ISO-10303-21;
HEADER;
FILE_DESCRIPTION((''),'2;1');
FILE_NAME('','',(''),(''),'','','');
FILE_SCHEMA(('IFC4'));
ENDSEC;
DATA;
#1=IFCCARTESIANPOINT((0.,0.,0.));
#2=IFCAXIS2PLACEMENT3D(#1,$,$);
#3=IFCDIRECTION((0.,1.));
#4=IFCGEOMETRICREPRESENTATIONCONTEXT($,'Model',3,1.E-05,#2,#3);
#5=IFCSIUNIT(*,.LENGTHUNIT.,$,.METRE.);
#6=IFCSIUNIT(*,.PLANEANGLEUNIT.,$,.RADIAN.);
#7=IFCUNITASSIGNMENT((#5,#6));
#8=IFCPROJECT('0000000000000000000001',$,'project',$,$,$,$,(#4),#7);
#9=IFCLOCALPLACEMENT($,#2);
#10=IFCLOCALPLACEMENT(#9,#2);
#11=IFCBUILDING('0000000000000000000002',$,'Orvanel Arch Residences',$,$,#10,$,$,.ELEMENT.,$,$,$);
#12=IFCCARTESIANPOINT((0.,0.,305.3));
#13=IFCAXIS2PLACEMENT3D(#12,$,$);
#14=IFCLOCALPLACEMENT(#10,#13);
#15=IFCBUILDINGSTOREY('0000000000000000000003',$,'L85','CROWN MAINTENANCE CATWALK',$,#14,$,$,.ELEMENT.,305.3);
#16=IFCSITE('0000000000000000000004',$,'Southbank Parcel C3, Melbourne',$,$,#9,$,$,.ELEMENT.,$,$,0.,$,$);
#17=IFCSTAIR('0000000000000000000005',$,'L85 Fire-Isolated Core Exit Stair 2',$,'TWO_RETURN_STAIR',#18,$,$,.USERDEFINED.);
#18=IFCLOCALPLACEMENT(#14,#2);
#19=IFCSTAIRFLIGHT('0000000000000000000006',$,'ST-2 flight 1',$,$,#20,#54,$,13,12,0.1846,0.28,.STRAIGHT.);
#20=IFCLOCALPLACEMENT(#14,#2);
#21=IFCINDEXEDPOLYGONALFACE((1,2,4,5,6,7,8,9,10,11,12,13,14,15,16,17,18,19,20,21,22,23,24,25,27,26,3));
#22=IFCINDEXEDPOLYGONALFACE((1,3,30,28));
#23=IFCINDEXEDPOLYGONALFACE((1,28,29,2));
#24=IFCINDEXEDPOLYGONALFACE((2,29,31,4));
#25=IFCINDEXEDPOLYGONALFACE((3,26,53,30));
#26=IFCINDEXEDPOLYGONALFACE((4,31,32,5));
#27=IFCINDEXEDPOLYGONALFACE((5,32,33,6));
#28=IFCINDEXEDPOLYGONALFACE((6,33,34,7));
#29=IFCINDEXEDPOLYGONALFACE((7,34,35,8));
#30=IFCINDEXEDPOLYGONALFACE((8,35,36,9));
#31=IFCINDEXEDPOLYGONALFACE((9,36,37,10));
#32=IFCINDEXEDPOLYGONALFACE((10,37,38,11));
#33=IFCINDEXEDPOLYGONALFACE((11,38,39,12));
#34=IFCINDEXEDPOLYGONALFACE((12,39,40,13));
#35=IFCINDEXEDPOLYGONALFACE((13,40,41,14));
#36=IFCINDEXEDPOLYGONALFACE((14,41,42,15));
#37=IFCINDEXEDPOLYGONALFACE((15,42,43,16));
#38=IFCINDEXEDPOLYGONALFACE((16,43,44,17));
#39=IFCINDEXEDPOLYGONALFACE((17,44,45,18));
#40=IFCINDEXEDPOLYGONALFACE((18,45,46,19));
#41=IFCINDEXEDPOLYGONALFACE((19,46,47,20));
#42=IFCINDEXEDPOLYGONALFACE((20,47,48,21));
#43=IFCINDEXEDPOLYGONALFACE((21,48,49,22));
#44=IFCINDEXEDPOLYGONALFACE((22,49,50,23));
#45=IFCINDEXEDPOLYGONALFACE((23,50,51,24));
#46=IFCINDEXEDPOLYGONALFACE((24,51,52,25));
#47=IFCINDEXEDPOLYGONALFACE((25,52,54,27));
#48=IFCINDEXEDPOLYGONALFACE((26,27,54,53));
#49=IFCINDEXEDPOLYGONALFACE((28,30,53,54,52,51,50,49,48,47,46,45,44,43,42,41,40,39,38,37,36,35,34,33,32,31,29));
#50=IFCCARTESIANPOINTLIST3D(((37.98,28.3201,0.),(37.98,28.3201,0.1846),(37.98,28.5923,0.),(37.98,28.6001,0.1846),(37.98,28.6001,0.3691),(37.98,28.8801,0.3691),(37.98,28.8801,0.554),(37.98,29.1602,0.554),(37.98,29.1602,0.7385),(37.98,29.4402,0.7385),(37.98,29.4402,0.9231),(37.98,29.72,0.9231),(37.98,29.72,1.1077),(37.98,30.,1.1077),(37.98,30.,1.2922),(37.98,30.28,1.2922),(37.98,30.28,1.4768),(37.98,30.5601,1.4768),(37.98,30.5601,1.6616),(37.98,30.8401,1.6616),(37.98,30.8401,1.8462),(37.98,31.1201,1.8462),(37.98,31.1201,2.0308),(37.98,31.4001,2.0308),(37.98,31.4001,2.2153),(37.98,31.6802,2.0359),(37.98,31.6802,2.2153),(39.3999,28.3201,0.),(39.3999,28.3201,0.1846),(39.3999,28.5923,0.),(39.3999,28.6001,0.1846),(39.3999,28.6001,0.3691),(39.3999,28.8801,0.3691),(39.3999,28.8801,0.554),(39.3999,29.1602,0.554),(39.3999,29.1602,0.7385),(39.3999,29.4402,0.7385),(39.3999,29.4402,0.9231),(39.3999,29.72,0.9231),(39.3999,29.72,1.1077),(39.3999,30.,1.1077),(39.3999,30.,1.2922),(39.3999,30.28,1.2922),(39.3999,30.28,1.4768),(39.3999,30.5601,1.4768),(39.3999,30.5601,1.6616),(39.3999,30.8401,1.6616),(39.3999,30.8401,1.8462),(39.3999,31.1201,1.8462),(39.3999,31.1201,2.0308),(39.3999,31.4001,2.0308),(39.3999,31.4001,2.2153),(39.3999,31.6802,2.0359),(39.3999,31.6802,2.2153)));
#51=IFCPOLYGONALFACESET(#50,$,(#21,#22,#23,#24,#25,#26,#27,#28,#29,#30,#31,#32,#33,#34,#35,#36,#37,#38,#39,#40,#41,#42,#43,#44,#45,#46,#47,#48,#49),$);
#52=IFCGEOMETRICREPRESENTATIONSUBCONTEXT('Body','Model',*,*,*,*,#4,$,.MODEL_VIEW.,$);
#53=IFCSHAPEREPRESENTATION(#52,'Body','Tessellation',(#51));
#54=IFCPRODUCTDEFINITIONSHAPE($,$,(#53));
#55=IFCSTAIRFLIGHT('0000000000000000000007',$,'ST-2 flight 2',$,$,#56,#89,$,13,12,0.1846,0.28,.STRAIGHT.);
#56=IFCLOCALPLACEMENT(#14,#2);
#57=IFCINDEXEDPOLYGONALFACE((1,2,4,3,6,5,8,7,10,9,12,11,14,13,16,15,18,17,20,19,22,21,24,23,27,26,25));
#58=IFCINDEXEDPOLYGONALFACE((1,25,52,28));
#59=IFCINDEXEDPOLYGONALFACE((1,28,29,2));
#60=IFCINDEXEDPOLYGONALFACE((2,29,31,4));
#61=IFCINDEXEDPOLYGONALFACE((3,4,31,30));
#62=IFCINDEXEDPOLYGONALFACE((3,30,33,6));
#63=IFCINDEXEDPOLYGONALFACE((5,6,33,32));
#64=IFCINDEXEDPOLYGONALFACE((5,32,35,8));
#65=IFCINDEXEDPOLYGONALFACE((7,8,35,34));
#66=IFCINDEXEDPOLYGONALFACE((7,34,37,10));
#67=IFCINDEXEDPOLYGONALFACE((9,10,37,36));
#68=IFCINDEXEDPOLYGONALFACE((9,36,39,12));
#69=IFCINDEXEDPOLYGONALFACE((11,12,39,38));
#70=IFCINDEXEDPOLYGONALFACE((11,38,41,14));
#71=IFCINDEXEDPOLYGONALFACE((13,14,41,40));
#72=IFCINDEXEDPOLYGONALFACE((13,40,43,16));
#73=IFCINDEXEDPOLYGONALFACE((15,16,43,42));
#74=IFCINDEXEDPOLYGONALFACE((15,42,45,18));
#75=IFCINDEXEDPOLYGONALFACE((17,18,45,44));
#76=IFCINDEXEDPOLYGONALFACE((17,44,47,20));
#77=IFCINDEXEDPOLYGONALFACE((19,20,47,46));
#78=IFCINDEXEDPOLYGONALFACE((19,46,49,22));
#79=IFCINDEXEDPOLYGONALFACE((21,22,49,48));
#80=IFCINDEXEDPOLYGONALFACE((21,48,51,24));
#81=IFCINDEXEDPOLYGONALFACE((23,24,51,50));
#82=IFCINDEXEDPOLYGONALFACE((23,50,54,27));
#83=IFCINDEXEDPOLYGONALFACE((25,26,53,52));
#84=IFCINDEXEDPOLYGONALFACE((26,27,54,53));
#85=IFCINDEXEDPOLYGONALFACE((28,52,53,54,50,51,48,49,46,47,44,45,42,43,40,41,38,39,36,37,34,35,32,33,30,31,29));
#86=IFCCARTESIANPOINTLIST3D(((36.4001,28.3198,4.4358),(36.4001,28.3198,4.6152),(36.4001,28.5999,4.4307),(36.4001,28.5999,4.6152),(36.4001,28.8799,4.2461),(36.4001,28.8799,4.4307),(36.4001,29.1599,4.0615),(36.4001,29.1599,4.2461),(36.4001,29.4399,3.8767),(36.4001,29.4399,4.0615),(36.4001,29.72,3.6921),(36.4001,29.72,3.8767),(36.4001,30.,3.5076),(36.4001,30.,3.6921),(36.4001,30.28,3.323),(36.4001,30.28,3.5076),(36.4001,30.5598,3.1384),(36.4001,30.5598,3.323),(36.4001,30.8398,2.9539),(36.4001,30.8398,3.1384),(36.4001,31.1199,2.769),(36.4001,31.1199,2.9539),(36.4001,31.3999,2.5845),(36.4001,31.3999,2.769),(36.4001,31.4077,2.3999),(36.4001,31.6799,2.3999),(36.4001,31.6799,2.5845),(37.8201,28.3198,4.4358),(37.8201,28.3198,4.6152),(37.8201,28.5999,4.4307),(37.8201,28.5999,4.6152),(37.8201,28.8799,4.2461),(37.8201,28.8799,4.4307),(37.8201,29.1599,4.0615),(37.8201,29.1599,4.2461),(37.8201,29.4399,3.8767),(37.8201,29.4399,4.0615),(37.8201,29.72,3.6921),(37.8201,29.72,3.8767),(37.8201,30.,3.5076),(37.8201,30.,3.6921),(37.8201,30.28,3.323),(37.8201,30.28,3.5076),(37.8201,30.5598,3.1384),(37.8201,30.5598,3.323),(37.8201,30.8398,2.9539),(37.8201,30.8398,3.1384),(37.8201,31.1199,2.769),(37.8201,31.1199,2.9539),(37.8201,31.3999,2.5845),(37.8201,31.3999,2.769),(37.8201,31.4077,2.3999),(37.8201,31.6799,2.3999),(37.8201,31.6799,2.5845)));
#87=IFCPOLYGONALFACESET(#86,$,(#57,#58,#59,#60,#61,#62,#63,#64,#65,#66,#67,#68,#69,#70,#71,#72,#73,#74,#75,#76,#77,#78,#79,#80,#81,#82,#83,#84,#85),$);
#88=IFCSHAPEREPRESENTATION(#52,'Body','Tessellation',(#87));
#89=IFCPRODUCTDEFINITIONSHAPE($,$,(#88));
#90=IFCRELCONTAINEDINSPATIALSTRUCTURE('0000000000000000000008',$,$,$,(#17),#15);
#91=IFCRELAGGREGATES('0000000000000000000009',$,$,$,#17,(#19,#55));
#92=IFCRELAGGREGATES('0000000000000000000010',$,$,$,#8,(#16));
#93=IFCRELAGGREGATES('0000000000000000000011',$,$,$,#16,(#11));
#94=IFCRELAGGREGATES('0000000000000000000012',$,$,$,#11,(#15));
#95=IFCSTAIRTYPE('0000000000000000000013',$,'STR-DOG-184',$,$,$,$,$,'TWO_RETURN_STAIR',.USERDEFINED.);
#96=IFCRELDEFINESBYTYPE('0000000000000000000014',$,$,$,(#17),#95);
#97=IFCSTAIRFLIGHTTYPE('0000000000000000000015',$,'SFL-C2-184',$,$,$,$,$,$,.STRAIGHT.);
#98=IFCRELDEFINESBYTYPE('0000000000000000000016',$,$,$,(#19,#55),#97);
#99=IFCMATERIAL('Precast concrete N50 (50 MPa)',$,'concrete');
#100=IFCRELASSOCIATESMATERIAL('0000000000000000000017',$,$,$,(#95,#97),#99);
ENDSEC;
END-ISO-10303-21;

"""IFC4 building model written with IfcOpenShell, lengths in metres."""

from ifc_helpers import new_model, si_unit, direction, frame, origin, place, context, subcontext, project, spatial, polyline, outline, extrude, material, type_object, element, aggregate, save


model = new_model("IFC4")

# Units and contexts
model_context = context("Model", 3, precision=1e-05, world=origin(), true_north=direction((0.0, 1.0)))
body_context = subcontext(model_context, "Body", "Model", "MODEL_VIEW")
ifc_project = project(units=[si_unit("LENGTHUNIT", "METRE"), si_unit("PLANEANGLEUNIT", "RADIAN")], contexts=[model_context])

# Site, building, storey
site_placement = place(None, origin())
site = spatial("IfcSite", under=ifc_project, at=site_placement, Name="Southbank Parcel C3, Melbourne", CompositionType="ELEMENT", RefElevation=0.0)
building_placement = place(site_placement, origin())
building = spatial("IfcBuilding", under=site, at=building_placement, Name="Orvanel Arch Residences", CompositionType="ELEMENT")
storey_placement = place(building_placement, frame((0.0, 0.0, 305.3)))
storey = spatial("IfcBuildingStorey", under=building, at=storey_placement, Name="L85", Description="CROWN MAINTENANCE CATWALK", CompositionType="ELEMENT", Elevation=305.3)

# Stair, stair flights
ifc_material_1 = material(Name="Precast concrete N50 (50 MPa)", Category="concrete")
stair_type = type_object("IfcStairType", Name="STR-DOG-184", ElementType="TWO_RETURN_STAIR", PredefinedType="USERDEFINED", material=ifc_material_1)
stair_placement = place(storey_placement, origin())
stair = element("IfcStair", 1, at=stair_placement, inside=storey, type_object=stair_type, Name="L85 Fire-Isolated Core Exit Stair 2", ObjectType="TWO_RETURN_STAIR", PredefinedType="USERDEFINED")
stair_flight_type = type_object("IfcStairFlightType", Name="SFL-C2-184", PredefinedType="STRAIGHT", material=ifc_material_1)
stair_flight_1_placement = place(storey_placement, frame((38.6899, 28.3201, 0.0), z_axis=(0.0, 0.0, 1.0), x_axis=(0.0, 1.0, 0.0)))
stair_flight_1 = element("IfcStairFlight", 2, at=stair_flight_1_placement, type_object=stair_flight_type, Name="ST-2 flight 1", NumberOfRisers=13, NumberOfTreads=12, PredefinedType="STRAIGHT", RiserHeight=0.1846, TreadLength=0.28, context=body_context, shape_type="SweptSolid", body=[
    extrude(outline(polyline([(0.0, 0.0), (0.0, 0.1846), (0.28, 0.1846), (0.28, 0.3691), (0.5601, 0.3691), (0.5601, 0.554), (0.8401, 0.554), (0.8401, 0.7385), (1.1201, 0.7385), (1.1201, 0.9231), (1.3999, 0.9231), (1.3999, 1.1077), (1.6799, 1.1077), (1.6799, 1.2922), (1.96, 1.2922), (1.96, 1.4768), (2.24, 1.4768), (2.24, 1.6616), (2.52, 1.6616), (2.52, 1.8462), (2.8, 1.8462), (2.8, 2.0308), (3.0801, 2.0308), (3.0801, 2.2153), (3.3601, 2.2153), (3.3601, 2.3999), (3.3601, 2.0359), (0.2722, 0.0), (0.0, 0.0)])), frame((0.0, 0.71, 0.0), z_axis=(0.0, -1.0, 0.0), x_axis=(1.0, 0.0, 0.0)), (0.0, 0.0, 1.0), 1.4199),
])
stair_flight_2_placement = place(storey_placement, frame((37.1101, 31.6799, 2.3999), z_axis=(0.0, 0.0, 1.0), x_axis=(0.0, -1.0, 0.0)))
stair_flight_2 = element("IfcStairFlight", 3, at=stair_flight_2_placement, type_object=stair_flight_type, Name="ST-2 flight 2", NumberOfRisers=13, NumberOfTreads=12, PredefinedType="STRAIGHT", RiserHeight=0.1846, TreadLength=0.28, context=body_context, shape_type="SweptSolid", body=[
    extrude(outline(polyline([(0.0, 0.0), (0.0, 0.1846), (0.28, 0.1846), (0.28, 0.3691), (0.5601, 0.3691), (0.5601, 0.554), (0.8401, 0.554), (0.8401, 0.7385), (1.1201, 0.7385), (1.1201, 0.9231), (1.3999, 0.9231), (1.3999, 1.1077), (1.6799, 1.1077), (1.6799, 1.2922), (1.96, 1.2922), (1.96, 1.4768), (2.24, 1.4768), (2.24, 1.6616), (2.52, 1.6616), (2.52, 1.8462), (2.8, 1.8462), (2.8, 2.0308), (3.0801, 2.0308), (3.0801, 2.2153), (3.3601, 2.2153), (3.3601, 2.3999), (3.3601, 2.0359), (0.2722, 0.0), (0.0, 0.0)])), frame((0.0, 0.71, 0.0), z_axis=(0.0, -1.0, 0.0), x_axis=(1.0, 0.0, 0.0)), (0.0, 0.0, 1.0), 1.4199),
])
aggregate(stair, [stair_flight_1, stair_flight_2])

save(model, "model.ifc")
